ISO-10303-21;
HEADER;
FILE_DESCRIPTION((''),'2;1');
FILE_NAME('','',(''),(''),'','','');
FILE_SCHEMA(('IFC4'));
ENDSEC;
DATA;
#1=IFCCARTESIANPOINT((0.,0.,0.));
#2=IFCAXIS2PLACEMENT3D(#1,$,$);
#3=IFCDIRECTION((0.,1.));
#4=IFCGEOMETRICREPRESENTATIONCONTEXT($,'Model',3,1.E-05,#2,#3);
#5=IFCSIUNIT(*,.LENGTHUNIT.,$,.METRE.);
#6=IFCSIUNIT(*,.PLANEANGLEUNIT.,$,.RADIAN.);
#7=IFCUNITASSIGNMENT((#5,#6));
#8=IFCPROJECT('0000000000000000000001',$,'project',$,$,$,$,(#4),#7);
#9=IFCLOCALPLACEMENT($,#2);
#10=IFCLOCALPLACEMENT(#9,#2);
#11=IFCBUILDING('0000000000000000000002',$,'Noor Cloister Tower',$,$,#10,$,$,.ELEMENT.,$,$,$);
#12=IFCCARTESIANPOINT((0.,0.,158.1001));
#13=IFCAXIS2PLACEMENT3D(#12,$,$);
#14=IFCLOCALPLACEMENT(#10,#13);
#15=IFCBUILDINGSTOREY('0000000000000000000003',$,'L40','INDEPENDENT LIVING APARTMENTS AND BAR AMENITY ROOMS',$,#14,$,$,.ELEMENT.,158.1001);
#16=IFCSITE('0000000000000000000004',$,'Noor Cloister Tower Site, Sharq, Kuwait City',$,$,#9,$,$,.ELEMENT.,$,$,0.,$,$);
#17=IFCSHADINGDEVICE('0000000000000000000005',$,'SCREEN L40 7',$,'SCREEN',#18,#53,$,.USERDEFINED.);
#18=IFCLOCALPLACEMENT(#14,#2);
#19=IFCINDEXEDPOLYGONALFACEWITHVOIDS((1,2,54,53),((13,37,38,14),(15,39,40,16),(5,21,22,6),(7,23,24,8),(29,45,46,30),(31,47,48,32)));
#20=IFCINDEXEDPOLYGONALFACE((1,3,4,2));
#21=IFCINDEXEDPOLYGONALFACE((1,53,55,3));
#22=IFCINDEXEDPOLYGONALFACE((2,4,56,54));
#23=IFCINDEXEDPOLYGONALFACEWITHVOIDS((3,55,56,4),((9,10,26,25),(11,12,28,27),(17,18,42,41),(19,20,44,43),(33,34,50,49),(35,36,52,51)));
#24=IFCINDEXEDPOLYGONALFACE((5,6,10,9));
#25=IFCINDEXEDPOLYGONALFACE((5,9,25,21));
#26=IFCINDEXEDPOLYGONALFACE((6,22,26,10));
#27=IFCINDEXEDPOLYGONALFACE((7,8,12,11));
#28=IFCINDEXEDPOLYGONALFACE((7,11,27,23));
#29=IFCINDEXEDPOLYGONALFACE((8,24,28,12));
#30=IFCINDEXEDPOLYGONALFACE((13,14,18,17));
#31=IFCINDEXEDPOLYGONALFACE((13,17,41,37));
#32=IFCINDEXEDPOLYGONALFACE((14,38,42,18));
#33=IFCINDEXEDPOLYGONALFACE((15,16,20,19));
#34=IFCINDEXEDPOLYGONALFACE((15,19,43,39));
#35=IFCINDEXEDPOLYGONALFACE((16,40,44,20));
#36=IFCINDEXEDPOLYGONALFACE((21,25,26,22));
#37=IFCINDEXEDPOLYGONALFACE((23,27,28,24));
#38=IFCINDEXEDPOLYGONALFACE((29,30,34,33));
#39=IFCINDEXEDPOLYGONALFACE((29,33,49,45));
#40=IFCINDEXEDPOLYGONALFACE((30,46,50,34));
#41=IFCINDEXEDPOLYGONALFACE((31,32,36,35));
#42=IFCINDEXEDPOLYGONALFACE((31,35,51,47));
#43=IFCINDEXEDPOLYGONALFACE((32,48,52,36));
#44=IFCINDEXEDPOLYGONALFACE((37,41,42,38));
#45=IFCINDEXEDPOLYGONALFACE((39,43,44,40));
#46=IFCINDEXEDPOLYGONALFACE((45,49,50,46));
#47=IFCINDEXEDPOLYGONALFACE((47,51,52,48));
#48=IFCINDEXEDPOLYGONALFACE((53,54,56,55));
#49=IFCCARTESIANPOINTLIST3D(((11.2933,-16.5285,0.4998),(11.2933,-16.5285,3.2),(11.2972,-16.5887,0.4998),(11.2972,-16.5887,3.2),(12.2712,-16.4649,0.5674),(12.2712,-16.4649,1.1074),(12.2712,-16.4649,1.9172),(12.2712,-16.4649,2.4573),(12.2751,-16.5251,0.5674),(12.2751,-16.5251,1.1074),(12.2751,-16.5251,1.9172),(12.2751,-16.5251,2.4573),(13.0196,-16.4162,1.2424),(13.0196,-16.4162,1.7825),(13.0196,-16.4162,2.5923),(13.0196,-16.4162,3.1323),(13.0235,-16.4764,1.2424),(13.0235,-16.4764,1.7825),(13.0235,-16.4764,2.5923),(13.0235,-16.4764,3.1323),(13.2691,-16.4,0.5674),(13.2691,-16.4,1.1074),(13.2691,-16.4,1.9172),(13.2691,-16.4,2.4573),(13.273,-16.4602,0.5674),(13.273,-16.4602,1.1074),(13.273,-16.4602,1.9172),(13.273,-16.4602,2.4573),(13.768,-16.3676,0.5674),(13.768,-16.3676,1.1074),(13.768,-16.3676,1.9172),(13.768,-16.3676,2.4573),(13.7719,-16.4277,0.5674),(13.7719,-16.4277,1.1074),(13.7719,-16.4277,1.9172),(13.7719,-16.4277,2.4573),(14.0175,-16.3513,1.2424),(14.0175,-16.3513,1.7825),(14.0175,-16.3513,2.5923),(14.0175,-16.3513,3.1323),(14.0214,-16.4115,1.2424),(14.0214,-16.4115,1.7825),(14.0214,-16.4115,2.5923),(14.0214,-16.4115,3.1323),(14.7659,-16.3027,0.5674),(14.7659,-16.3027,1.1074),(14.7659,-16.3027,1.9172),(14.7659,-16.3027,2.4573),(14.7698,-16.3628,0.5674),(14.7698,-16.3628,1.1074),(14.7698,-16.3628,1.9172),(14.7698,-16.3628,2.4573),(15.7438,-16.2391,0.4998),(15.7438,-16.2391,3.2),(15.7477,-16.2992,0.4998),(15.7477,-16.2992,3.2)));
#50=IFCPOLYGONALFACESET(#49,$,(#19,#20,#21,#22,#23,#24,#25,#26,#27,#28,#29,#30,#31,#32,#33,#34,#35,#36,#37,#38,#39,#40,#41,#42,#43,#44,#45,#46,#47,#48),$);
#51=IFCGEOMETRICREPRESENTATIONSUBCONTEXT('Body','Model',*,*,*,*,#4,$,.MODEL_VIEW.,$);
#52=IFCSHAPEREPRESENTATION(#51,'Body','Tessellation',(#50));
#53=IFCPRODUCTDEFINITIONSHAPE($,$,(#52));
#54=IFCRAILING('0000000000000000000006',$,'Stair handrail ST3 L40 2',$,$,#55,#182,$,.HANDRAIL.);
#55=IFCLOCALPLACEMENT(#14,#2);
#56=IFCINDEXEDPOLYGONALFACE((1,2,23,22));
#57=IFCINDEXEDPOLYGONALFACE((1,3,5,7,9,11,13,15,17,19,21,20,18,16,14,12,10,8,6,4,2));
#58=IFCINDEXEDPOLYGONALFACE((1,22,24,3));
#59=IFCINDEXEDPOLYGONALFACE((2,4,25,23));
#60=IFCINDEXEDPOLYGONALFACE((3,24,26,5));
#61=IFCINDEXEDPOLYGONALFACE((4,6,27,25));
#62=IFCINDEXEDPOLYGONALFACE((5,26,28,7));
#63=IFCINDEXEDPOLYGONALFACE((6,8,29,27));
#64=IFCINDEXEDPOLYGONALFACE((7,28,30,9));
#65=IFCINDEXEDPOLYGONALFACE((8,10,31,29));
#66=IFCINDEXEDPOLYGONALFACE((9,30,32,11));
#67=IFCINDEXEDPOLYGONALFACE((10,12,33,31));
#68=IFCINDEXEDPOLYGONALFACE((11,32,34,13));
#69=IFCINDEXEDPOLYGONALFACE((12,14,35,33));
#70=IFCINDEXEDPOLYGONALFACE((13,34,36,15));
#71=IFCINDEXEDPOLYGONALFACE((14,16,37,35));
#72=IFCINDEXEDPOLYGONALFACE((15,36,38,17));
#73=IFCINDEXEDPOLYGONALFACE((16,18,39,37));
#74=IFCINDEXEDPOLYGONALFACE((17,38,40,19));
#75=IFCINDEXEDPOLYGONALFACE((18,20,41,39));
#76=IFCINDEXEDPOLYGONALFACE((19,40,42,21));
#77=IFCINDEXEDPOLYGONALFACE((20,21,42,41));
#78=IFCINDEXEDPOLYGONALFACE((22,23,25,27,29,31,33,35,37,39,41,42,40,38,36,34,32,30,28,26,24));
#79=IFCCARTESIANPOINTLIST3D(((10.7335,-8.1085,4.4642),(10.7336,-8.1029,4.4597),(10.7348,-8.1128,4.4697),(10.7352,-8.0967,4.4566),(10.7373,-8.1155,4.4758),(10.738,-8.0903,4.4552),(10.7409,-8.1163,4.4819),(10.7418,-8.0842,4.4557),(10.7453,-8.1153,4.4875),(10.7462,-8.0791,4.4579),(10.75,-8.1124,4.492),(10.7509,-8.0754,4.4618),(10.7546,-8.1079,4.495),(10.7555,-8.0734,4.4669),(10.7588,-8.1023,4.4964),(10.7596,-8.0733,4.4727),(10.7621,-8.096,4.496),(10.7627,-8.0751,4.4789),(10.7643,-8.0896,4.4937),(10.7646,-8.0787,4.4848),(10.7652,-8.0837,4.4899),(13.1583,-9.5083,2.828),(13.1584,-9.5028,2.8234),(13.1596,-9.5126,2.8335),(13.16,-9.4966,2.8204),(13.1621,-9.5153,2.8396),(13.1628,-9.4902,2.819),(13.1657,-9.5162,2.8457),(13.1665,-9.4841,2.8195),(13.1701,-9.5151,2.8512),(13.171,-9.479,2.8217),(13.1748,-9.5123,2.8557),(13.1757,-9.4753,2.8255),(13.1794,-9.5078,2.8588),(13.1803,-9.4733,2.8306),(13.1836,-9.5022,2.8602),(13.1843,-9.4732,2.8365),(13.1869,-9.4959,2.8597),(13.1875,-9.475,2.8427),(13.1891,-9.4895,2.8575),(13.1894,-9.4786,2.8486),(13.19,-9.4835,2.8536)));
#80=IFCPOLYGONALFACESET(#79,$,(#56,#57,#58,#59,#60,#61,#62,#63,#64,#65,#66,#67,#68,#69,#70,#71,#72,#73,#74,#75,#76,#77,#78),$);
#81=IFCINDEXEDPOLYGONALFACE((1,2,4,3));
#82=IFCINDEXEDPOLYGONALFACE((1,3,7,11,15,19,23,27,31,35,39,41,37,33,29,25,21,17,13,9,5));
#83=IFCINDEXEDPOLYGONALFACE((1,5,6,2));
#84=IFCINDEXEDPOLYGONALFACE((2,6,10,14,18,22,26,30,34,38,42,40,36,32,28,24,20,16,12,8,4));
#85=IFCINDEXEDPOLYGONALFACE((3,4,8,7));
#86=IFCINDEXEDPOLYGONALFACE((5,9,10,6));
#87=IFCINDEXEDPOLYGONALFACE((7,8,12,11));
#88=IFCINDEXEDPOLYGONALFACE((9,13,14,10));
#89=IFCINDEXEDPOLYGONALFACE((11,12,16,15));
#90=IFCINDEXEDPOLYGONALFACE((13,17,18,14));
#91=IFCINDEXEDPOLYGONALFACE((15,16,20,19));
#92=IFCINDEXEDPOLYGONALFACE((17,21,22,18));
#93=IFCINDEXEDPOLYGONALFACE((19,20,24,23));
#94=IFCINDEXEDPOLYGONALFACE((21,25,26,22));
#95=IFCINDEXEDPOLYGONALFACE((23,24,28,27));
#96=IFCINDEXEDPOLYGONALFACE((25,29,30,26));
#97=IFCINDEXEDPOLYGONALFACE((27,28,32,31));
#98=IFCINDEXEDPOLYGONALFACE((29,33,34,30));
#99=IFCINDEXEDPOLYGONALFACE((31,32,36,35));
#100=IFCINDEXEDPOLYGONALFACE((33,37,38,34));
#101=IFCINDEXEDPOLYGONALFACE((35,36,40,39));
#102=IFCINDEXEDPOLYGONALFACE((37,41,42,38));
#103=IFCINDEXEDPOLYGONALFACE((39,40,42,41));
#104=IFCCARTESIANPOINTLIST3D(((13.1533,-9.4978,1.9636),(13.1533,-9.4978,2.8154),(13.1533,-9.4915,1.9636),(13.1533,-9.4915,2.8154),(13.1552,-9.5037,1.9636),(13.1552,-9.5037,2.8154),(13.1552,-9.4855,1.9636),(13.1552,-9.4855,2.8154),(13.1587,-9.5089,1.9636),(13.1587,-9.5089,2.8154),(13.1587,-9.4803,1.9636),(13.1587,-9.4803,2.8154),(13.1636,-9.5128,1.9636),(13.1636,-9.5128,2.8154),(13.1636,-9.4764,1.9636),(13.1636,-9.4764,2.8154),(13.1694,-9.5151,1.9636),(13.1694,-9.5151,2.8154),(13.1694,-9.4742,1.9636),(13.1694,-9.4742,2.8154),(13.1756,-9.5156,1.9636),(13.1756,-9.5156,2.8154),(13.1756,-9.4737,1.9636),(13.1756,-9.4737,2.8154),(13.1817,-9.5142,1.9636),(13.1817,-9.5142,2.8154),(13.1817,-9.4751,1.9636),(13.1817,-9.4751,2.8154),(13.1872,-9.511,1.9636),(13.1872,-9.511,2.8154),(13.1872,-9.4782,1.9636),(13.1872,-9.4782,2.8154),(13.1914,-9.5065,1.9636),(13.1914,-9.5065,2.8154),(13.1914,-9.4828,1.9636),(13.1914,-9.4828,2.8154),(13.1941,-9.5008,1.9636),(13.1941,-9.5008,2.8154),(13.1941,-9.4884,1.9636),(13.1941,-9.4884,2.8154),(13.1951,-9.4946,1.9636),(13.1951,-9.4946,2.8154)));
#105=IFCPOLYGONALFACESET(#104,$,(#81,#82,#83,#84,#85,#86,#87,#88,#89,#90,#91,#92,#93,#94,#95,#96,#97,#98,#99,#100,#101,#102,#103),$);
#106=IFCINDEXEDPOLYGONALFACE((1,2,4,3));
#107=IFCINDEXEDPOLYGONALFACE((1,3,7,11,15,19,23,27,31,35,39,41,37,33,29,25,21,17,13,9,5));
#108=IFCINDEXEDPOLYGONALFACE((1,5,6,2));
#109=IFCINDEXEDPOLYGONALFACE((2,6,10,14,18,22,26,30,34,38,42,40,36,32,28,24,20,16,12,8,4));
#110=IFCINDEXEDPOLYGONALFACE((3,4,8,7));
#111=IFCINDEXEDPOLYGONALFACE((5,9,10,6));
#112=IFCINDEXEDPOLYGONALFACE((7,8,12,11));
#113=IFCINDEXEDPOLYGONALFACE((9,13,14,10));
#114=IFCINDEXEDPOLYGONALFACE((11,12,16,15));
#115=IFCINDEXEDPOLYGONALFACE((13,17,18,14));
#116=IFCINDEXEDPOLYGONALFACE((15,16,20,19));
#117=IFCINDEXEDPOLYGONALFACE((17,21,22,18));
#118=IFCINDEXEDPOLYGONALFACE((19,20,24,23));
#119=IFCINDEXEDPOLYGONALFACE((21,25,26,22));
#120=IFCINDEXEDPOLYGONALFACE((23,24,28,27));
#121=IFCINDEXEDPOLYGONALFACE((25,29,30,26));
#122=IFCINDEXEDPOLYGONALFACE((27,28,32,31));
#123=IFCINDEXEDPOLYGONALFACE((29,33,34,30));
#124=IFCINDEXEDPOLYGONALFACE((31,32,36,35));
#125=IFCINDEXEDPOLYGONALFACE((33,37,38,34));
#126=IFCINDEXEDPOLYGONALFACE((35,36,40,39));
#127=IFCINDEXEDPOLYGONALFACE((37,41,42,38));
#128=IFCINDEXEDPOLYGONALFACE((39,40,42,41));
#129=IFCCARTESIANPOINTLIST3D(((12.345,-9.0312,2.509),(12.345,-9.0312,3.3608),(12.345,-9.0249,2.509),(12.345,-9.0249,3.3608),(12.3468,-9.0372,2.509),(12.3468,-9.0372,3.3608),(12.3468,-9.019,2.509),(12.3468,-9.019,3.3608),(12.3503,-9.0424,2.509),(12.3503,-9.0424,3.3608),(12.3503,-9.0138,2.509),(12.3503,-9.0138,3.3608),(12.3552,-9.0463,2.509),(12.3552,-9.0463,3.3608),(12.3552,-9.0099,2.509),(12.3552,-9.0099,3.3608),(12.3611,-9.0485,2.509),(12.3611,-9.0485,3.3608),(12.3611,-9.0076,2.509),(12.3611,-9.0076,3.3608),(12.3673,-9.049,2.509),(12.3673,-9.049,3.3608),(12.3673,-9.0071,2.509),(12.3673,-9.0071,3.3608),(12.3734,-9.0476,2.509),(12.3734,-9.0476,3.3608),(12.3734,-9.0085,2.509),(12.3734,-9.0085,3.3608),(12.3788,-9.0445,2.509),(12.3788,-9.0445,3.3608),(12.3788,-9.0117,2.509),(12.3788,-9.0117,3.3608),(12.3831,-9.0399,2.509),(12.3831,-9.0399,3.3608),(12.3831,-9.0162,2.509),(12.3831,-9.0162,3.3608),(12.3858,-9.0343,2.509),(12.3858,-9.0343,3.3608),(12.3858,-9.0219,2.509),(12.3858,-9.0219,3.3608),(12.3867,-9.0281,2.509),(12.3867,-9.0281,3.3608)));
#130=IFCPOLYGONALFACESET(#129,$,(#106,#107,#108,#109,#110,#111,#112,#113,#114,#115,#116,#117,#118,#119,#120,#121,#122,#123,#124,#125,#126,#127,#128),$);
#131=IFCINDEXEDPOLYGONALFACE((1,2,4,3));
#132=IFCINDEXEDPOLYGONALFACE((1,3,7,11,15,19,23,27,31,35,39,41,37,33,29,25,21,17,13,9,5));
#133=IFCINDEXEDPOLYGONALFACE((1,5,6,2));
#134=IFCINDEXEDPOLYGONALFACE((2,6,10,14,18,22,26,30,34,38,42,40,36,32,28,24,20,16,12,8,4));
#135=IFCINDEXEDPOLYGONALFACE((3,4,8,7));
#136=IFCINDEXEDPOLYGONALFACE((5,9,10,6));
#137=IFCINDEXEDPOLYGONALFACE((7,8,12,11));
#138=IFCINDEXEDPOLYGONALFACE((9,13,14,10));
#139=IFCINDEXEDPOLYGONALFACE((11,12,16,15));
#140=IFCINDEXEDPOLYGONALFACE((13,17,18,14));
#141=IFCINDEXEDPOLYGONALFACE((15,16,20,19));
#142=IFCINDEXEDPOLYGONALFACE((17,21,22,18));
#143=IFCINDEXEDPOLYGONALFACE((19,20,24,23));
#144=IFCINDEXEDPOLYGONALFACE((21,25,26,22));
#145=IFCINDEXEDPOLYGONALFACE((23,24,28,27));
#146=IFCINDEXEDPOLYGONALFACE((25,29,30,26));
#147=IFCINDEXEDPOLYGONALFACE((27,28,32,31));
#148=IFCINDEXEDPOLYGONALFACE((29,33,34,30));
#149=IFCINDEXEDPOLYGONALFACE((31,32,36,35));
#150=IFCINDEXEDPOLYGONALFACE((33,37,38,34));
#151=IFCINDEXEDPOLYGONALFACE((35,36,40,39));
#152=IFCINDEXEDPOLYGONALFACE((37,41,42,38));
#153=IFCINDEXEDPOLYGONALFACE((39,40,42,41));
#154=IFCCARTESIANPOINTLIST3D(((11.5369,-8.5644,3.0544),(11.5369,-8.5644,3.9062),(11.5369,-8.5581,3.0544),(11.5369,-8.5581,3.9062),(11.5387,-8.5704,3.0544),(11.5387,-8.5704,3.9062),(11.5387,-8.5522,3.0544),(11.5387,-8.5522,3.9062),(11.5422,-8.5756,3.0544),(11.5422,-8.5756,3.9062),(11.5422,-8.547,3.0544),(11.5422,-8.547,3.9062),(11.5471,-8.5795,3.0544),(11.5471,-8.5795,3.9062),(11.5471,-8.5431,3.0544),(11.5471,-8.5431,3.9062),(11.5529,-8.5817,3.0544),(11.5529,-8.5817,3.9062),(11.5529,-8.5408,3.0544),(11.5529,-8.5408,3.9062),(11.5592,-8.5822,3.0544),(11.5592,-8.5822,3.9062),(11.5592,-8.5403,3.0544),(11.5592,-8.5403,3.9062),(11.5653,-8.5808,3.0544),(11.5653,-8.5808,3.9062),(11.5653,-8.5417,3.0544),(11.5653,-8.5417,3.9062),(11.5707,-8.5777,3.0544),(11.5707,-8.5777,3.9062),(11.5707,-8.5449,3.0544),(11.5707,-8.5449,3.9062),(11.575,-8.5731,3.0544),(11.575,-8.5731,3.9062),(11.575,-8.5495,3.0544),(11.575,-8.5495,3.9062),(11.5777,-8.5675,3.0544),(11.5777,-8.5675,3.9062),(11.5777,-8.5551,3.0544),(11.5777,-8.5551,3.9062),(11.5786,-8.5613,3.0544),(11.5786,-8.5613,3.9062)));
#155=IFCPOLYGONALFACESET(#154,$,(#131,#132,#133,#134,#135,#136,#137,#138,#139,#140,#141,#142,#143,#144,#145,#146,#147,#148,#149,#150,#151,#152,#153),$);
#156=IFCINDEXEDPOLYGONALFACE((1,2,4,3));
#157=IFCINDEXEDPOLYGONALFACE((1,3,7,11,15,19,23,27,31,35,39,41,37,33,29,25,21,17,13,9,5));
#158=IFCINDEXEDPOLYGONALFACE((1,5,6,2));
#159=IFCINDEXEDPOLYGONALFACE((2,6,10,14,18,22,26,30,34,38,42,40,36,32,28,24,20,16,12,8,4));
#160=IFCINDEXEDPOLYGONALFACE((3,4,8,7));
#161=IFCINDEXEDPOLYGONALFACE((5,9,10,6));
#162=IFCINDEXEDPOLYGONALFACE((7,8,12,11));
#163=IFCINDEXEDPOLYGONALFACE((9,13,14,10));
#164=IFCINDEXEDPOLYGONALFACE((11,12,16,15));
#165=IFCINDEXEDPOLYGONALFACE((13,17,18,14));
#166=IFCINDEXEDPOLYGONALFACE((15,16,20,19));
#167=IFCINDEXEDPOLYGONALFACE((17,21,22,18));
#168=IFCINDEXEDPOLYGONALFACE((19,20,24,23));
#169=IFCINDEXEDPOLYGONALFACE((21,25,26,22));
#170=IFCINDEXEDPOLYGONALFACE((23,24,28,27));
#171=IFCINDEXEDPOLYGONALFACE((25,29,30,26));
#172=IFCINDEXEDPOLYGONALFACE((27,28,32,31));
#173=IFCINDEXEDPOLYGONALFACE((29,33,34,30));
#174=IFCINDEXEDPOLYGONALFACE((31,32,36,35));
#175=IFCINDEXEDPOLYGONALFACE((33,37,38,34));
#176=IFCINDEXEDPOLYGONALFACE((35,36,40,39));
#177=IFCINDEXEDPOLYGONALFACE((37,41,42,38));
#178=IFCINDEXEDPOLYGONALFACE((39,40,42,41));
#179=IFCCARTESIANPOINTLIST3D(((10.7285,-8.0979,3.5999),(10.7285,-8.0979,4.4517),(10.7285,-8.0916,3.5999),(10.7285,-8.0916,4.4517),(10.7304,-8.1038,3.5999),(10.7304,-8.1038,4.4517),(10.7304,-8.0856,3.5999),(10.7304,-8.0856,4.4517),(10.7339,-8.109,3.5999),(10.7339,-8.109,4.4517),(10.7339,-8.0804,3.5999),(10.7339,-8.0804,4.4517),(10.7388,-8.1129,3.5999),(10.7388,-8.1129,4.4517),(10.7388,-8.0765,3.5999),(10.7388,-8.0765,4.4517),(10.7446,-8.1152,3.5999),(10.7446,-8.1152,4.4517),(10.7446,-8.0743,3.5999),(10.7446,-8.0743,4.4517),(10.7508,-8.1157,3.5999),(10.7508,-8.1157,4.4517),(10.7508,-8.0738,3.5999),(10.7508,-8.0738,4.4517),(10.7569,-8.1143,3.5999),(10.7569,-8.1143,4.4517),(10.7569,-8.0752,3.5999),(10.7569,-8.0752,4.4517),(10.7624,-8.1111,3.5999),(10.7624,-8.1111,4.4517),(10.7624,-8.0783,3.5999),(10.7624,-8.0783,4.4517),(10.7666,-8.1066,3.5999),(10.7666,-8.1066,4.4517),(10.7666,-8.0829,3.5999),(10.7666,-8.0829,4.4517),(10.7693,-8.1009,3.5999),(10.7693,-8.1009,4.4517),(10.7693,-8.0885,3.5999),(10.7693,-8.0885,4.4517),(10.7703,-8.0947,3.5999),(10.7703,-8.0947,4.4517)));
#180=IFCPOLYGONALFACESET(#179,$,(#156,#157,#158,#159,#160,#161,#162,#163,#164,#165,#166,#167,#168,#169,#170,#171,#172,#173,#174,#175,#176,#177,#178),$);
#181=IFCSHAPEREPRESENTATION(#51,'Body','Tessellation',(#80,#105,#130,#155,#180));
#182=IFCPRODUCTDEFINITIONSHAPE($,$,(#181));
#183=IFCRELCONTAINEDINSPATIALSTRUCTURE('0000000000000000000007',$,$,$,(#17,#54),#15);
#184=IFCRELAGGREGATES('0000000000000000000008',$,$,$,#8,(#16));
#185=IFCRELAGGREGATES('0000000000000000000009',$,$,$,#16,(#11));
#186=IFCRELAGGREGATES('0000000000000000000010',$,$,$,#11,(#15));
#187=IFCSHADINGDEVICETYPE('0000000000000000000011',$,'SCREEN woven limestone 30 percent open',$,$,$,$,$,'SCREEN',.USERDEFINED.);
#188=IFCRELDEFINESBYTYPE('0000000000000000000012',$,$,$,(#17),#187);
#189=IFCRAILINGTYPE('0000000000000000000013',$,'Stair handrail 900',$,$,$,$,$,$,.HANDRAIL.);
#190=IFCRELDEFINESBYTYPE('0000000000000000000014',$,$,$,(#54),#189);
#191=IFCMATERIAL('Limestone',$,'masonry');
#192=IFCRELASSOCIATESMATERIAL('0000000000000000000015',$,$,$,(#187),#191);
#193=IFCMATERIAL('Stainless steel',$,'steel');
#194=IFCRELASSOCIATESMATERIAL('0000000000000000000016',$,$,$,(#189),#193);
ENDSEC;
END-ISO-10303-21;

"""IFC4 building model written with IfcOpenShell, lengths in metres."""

from ifc_helpers import new_model, si_unit, direction, frame, origin, origin_2d, place, context, subcontext, project, spatial, polyline, circle, outline, extrude, material, material_profile, profile_set, type_object, element, save


model = new_model("IFC4")

# Units and contexts
model_context = context("Model", 3, precision=1e-05, world=origin(), true_north=direction((0.0, 1.0)))
body_context = subcontext(model_context, "Body", "Model", "MODEL_VIEW")
ifc_project = project(units=[si_unit("LENGTHUNIT", "METRE"), si_unit("PLANEANGLEUNIT", "RADIAN")], contexts=[model_context])

# Site, building, storey
site_placement = place(None, origin())
site = spatial("IfcSite", under=ifc_project, at=site_placement, Name="Noor Cloister Tower Site, Sharq, Kuwait City", CompositionType="ELEMENT", RefElevation=0.0)
building_placement = place(site_placement, origin())
building = spatial("IfcBuilding", under=site, at=building_placement, Name="Noor Cloister Tower", CompositionType="ELEMENT")
storey_placement = place(building_placement, frame((0.0, 0.0, 158.1001)))
storey = spatial("IfcBuildingStorey", under=building, at=storey_placement, Name="L40", Description="INDEPENDENT LIVING APARTMENTS AND BAR AMENITY ROOMS", CompositionType="ELEMENT", Elevation=158.1001)

# Shading device
ifc_material_1 = material(Name="Limestone", Category="masonry")
ifc_material_profile_1 = material_profile(ifc_material_1, outline(polyline([(-2.23, -1.3501), (2.23, -1.3501), (2.23, 1.3501), (-2.23, 1.3501), (-2.23, -1.3501)]), holes=[polyline([(-1.25, -1.2825), (-0.25, -1.2825), (-0.25, -0.7424), (-1.25, -0.7424), (-1.25, -1.2825)]), polyline([(0.25, -1.2825), (1.25, -1.2825), (1.25, -0.7424), (0.25, -0.7424), (0.25, -1.2825)]), polyline([(-0.5, -0.6074), (0.5, -0.6074), (0.5, -0.0674), (-0.5, -0.0674), (-0.5, -0.6074)]), polyline([(-1.25, 0.0674), (-0.25, 0.0674), (-0.25, 0.6074), (-1.25, 0.6074), (-1.25, 0.0674)]), polyline([(0.25, 0.0674), (1.25, 0.0674), (1.25, 0.6074), (0.25, 0.6074), (0.25, 0.0674)]), polyline([(-0.5, 0.7424), (0.5, 0.7424), (0.5, 1.2825), (-0.5, 1.2825), (-0.5, 0.7424)])]), Name="Woven screen 30 percent open")
ifc_profile_set_1 = profile_set([ifc_material_profile_1], Name="Limestone")
shading_device_type = type_object("IfcShadingDeviceType", Name="SCREEN woven limestone 30 percent open", ElementType="SCREEN", PredefinedType="USERDEFINED", material=ifc_profile_set_1)
shading_device_placement = place(storey_placement, frame((13.5186, -16.3838, 1.8499), z_axis=(0.064904, -0.997892, 0.0), x_axis=(0.997892, 0.064904, 0.0)))
element("IfcShadingDevice", 1, at=shading_device_placement, inside=storey, type_object=shading_device_type, Name="SCREEN L40 7", ObjectType="SCREEN", PredefinedType="USERDEFINED", context=body_context, shape_type="SweptSolid", body=[
    extrude(outline(polyline([(-2.23, -1.3501), (2.23, -1.3501), (2.23, 1.3501), (-2.23, 1.3501), (-2.23, -1.3501)]), holes=[polyline([(-1.25, -1.2825), (-0.25, -1.2825), (-0.25, -0.7424), (-1.25, -0.7424), (-1.25, -1.2825)]), polyline([(0.25, -1.2825), (1.25, -1.2825), (1.25, -0.7424), (0.25, -0.7424), (0.25, -1.2825)]), polyline([(-0.5, -0.6074), (0.5, -0.6074), (0.5, -0.0674), (-0.5, -0.0674), (-0.5, -0.6074)]), polyline([(-1.25, 0.0674), (-0.25, 0.0674), (-0.25, 0.6074), (-1.25, 0.6074), (-1.25, 0.0674)]), polyline([(0.25, 0.0674), (1.25, 0.0674), (1.25, 0.6074), (0.25, 0.6074), (0.25, 0.0674)]), polyline([(-0.5, 0.7424), (0.5, 0.7424), (0.5, 1.2825), (-0.5, 1.2825), (-0.5, 0.7424)])]), origin(), (0.0, 0.0, 1.0), 0.0603),
])

# Railing
ifc_material_2 = material(Name="Stainless steel", Category="steel")
railing_type_1 = type_object("IfcRailingType", Name="Stair handrail 900", PredefinedType="HANDRAIL", material=ifc_material_2)
railing_1_placement = place(storey_placement, frame((13.1741, -9.4946, 1.9636)))
element("IfcRailing", 2, at=railing_1_placement, inside=storey, type_object=railing_type_1, Name="Stair handrail ST3 L40 2", PredefinedType="HANDRAIL", context=body_context, shape_type="SweptSolid", body=[
    extrude(circle(Radius=0.0239, at=origin_2d()), frame((0.0, 0.0, 0.876), z_axis=(-0.747718, 0.431677, 0.504552), x_axis=(-0.499984, -0.866035, 0.0)), (0.0, 0.0, 1.0), 3.2429),
    extrude(circle(Radius=0.021, at=origin_2d()), origin(), (0.0, 0.0, 1.0), 0.8518),
    extrude(circle(Radius=0.021, at=origin_2d()), frame((-0.8083, 0.4666, 0.5454)), (0.0, 0.0, 1.0), 0.8518),
    extrude(circle(Radius=0.021, at=origin_2d()), frame((-1.6165, 0.9333, 1.0908)), (0.0, 0.0, 1.0), 0.8518),
    extrude(circle(Radius=0.021, at=origin_2d()), frame((-2.4248, 1.3999, 1.6362)), (0.0, 0.0, 1.0), 0.8518),
])

save(model, "model.ifc")
